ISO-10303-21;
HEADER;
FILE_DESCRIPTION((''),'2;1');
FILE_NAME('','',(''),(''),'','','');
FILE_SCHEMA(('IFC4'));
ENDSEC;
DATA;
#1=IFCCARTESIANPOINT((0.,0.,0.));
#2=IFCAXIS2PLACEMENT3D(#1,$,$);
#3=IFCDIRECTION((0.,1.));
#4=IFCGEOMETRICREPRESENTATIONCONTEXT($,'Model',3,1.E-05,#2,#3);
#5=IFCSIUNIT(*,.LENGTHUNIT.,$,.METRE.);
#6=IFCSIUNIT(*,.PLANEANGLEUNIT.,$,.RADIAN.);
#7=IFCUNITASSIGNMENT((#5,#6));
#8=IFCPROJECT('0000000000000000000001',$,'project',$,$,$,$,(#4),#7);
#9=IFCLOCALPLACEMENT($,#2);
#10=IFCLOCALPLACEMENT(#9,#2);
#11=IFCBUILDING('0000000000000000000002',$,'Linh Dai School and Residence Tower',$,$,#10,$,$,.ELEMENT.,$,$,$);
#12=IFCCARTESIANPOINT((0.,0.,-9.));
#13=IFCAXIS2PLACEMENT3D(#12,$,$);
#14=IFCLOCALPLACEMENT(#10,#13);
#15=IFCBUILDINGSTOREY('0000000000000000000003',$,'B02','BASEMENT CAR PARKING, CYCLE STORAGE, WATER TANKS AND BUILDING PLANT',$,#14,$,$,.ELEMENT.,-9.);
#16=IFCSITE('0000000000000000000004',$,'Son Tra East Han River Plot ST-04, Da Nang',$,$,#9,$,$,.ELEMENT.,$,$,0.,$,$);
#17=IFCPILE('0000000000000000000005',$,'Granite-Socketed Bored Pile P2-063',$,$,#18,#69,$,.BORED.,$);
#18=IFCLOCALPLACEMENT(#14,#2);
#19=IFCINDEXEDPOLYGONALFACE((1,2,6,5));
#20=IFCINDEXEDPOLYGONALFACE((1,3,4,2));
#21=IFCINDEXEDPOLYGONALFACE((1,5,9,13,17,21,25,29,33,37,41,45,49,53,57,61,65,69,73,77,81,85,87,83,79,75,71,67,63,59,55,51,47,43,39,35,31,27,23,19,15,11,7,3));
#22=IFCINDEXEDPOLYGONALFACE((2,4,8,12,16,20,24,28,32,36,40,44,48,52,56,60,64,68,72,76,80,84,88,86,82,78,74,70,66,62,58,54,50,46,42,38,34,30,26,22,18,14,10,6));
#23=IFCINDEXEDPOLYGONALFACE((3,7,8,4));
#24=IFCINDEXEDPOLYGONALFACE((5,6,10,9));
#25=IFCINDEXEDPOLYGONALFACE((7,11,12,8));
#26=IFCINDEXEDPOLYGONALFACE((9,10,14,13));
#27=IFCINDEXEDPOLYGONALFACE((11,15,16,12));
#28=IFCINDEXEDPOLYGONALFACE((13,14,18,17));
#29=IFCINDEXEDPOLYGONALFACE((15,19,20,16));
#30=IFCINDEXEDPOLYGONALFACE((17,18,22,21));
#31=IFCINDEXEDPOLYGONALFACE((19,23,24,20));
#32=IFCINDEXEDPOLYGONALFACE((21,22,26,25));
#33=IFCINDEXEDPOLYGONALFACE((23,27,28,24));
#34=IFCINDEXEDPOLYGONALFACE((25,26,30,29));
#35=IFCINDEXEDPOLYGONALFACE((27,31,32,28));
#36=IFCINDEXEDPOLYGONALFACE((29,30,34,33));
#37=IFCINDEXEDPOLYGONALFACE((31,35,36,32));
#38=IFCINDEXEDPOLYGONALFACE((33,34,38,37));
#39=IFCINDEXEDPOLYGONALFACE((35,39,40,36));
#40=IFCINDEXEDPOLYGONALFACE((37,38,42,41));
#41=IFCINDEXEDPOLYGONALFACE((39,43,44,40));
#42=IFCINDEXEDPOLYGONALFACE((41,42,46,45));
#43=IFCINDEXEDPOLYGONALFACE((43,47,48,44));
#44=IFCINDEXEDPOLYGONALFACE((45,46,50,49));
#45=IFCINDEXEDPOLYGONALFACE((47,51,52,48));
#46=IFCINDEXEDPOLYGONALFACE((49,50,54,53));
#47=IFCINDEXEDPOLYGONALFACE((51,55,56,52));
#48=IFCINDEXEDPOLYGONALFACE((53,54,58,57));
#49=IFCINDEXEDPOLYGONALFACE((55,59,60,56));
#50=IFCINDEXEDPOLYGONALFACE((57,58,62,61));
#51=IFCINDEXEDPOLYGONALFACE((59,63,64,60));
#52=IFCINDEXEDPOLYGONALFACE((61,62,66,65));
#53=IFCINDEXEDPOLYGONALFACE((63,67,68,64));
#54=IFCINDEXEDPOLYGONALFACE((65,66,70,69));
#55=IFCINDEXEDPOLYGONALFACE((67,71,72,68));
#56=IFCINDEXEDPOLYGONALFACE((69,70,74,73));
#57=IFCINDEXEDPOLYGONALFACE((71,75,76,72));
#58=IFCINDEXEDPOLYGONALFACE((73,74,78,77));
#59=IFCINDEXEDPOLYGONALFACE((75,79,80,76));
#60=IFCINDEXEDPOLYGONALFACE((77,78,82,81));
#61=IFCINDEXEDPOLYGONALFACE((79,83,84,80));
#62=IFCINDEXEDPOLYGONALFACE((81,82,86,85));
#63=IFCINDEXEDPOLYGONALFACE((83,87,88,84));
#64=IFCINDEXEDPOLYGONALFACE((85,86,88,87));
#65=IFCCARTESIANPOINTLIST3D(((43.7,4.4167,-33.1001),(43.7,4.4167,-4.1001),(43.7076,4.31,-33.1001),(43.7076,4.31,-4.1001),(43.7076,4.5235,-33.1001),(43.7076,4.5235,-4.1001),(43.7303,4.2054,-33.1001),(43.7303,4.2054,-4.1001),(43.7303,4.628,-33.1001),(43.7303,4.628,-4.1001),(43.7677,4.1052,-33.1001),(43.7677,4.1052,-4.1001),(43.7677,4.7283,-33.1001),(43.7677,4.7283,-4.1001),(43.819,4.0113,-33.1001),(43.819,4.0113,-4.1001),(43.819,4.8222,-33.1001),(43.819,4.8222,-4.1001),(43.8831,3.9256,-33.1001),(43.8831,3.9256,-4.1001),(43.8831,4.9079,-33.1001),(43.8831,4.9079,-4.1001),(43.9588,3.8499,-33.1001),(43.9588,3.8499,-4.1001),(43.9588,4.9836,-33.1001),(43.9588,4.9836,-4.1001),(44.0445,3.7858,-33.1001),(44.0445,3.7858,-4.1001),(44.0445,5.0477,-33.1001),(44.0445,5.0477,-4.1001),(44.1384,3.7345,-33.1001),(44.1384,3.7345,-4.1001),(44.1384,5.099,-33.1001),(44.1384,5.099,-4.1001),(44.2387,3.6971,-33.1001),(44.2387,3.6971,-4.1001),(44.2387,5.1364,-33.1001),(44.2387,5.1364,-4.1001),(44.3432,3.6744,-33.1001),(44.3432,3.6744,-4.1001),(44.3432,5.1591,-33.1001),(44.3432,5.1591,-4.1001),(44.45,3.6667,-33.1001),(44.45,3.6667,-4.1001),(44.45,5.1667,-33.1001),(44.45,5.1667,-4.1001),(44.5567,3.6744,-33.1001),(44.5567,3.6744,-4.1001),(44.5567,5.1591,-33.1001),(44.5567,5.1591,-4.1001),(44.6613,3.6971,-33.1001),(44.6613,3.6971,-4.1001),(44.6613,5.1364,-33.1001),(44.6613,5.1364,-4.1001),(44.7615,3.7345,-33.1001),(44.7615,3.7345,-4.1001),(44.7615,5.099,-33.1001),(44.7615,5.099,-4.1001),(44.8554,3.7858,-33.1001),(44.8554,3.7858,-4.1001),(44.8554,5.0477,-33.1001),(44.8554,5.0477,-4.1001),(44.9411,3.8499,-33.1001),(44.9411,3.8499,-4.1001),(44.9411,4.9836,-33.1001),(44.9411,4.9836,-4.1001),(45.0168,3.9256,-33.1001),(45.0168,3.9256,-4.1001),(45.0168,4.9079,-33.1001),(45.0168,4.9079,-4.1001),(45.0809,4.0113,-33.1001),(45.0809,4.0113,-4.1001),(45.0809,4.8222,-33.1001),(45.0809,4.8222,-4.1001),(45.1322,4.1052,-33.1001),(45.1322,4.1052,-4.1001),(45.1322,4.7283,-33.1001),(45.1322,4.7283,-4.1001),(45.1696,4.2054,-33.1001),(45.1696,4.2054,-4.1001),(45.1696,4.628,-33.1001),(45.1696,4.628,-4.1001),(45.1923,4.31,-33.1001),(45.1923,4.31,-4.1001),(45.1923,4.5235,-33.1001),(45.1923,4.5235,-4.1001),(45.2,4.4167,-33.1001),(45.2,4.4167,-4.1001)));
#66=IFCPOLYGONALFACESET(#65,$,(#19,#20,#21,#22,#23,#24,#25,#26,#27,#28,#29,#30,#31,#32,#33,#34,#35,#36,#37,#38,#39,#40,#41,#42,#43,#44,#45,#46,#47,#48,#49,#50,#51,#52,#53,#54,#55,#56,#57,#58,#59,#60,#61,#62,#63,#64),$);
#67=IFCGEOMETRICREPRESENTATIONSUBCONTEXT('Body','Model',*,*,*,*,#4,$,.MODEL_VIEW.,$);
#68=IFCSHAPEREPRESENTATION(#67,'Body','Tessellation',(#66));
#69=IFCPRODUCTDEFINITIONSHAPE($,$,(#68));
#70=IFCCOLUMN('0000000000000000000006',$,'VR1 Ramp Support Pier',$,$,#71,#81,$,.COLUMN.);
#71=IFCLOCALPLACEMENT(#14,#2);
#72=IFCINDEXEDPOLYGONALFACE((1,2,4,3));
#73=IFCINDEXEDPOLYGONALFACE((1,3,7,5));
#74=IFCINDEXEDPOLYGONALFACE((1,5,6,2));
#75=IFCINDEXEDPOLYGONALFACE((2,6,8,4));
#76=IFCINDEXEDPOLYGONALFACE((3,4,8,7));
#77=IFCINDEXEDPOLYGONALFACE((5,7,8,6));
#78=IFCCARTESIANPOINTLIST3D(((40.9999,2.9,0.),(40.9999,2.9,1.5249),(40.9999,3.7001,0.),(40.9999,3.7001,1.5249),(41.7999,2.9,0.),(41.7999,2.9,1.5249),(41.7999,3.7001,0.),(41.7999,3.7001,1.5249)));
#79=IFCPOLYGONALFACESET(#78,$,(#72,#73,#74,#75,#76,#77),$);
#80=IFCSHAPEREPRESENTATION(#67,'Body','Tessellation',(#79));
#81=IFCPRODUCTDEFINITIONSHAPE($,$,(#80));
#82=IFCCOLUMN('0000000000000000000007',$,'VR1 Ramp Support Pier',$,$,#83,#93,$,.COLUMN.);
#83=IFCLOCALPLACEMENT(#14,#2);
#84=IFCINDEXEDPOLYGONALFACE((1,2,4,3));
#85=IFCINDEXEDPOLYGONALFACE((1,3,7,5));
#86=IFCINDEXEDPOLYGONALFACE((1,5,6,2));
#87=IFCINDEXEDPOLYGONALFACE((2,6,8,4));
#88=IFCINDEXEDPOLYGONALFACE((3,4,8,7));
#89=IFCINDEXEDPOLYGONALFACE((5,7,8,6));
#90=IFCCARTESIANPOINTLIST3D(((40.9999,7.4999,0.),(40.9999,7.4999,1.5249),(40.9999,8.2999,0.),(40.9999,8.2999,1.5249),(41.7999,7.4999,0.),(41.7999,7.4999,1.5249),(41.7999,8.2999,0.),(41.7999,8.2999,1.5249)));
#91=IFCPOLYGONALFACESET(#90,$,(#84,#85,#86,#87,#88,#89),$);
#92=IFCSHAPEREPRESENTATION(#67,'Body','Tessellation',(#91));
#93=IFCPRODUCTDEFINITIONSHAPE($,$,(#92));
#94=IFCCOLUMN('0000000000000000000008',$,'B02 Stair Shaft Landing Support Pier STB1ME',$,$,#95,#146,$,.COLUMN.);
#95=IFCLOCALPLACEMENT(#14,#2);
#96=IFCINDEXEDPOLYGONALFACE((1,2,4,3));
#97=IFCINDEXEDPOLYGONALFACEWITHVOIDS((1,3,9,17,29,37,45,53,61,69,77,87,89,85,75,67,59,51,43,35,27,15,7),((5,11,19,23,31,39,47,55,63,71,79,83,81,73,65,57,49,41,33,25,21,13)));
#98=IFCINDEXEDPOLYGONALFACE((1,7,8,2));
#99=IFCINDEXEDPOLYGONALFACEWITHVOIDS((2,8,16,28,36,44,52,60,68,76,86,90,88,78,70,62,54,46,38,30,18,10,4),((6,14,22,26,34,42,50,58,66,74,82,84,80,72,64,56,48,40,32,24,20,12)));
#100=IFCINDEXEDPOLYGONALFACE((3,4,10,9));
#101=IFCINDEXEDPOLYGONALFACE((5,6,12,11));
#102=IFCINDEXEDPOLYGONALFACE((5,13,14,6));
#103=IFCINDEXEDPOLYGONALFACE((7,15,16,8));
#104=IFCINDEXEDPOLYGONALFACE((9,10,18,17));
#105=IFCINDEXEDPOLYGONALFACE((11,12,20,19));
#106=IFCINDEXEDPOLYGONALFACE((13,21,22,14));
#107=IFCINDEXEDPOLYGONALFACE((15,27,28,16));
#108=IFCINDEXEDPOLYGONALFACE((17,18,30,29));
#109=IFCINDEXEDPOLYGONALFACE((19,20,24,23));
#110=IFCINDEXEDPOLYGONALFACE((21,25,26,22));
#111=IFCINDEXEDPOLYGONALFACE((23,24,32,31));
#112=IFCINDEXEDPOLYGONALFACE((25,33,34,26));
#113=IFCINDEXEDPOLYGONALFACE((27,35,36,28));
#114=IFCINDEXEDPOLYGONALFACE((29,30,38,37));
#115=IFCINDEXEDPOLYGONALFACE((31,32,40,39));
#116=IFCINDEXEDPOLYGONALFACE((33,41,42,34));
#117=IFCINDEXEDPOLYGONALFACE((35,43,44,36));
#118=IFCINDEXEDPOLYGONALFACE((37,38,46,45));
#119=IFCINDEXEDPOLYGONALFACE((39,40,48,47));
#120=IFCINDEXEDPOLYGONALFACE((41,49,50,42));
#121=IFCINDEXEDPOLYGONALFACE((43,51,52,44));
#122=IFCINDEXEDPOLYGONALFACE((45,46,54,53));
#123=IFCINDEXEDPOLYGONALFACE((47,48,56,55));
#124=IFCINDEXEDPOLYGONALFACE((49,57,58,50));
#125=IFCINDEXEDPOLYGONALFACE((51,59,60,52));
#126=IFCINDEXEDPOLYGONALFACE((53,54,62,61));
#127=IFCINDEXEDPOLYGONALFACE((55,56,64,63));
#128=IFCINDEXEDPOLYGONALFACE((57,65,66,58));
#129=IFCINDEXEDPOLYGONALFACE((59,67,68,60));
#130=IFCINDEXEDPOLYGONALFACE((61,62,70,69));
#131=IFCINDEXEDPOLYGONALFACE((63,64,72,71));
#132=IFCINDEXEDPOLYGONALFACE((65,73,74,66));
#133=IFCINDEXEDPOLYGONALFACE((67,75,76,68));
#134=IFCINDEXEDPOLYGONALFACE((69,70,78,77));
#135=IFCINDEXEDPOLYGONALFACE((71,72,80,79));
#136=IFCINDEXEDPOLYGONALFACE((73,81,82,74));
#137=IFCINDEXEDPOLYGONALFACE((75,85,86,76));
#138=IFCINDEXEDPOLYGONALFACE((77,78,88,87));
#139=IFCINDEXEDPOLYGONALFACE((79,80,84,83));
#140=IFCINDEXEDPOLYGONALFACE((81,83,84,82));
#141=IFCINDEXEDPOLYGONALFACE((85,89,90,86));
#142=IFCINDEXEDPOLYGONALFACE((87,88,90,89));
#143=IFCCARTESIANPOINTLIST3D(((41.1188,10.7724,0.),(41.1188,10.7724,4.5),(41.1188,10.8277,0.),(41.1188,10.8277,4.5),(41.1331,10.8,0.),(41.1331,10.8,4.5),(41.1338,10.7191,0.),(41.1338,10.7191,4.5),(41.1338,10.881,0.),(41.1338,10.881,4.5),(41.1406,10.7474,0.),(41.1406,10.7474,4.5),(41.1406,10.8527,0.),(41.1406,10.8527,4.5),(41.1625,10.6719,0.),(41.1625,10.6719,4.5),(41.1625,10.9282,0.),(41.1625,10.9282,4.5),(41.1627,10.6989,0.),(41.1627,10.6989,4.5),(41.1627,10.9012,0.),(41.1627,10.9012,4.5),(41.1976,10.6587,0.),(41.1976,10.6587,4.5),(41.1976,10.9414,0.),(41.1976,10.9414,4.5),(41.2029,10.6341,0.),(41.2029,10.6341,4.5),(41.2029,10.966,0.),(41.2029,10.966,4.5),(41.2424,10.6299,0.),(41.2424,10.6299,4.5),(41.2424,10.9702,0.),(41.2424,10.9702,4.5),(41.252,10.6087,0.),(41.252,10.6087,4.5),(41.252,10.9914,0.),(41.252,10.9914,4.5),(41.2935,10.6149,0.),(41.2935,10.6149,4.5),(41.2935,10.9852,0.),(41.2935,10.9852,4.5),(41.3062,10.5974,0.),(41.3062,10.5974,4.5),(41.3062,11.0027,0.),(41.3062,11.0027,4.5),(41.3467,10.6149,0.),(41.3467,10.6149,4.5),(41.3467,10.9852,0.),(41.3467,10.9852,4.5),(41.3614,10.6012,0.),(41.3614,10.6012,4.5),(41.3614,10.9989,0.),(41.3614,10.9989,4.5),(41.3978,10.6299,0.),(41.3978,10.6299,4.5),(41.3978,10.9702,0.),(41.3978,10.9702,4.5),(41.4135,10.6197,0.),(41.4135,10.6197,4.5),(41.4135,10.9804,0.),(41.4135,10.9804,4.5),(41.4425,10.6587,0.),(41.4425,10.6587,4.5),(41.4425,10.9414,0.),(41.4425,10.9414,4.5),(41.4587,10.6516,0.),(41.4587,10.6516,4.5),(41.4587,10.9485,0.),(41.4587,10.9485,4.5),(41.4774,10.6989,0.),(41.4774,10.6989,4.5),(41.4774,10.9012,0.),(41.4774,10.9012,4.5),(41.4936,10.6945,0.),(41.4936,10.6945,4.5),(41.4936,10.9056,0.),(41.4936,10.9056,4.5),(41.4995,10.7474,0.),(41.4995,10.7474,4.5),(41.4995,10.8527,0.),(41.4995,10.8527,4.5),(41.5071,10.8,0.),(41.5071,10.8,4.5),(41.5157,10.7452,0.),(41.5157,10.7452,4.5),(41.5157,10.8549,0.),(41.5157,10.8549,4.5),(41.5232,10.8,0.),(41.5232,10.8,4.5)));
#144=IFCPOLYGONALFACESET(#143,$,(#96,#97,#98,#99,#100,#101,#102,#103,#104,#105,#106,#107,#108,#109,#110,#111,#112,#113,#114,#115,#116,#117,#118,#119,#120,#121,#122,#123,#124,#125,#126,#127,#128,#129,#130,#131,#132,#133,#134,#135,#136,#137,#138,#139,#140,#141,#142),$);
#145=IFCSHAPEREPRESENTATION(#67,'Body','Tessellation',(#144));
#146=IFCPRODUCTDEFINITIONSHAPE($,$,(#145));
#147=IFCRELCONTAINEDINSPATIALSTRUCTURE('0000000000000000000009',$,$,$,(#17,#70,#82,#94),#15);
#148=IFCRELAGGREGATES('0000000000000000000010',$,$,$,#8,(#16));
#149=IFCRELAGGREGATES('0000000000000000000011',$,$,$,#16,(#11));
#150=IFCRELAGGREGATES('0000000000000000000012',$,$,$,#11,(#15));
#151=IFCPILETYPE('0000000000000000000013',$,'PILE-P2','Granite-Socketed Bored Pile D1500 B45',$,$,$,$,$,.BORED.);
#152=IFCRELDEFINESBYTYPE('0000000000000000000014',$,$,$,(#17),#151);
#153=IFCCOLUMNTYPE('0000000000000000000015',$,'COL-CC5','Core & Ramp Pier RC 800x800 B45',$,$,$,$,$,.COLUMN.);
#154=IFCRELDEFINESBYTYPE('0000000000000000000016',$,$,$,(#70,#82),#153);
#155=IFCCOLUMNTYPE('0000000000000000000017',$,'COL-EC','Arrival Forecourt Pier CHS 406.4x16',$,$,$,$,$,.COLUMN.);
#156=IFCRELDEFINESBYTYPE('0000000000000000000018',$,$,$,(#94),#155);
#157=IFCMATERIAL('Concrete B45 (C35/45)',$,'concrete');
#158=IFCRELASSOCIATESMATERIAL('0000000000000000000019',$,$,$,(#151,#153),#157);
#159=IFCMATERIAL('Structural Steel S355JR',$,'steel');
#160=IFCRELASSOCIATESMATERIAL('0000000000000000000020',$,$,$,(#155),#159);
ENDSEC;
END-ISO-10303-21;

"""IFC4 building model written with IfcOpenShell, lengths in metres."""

from ifc_helpers import new_model, si_unit, direction, frame, origin, origin_2d, place, context, subcontext, project, spatial, rectangle, circle, hollow_circle, extrude, material, material_profile, profile_set, type_object, element, save


model = new_model("IFC4")

# Units and contexts
model_context = context("Model", 3, precision=1e-05, world=origin(), true_north=direction((0.0, 1.0)))
body_context = subcontext(model_context, "Body", "Model", "MODEL_VIEW")
ifc_project = project(units=[si_unit("LENGTHUNIT", "METRE"), si_unit("PLANEANGLEUNIT", "RADIAN")], contexts=[model_context])

# Site, building, storey
site_placement = place(None, origin())
site = spatial("IfcSite", under=ifc_project, at=site_placement, Name="Son Tra East Han River Plot ST-04, Da Nang", CompositionType="ELEMENT", RefElevation=0.0)
building_placement = place(site_placement, origin())
building = spatial("IfcBuilding", under=site, at=building_placement, Name="Linh Dai School and Residence Tower", CompositionType="ELEMENT")
storey_placement = place(building_placement, frame((0.0, 0.0, -9.0)))
storey = spatial("IfcBuildingStorey", under=building, at=storey_placement, Name="B02", Description="BASEMENT CAR PARKING, CYCLE STORAGE, WATER TANKS AND BUILDING PLANT", CompositionType="ELEMENT", Elevation=-9.0)

# Pile
ifc_material_1 = material(Name="Concrete B45 (C35/45)", Category="concrete")
ifc_material_profile_1 = material_profile(ifc_material_1, circle(Radius=0.75, at=origin_2d()), Name="PILE D1500")
ifc_profile_set_1 = profile_set([ifc_material_profile_1], Name="Concrete B45 (C35/45)")
pile_type_1 = type_object("IfcPileType", Name="PILE-P2", Description="Granite-Socketed Bored Pile D1500 B45", PredefinedType="BORED", material=ifc_profile_set_1)
for number, where, z_axis, x_axis, name in (
    (1, (44.45, 4.4167, -4.1001), (0.0, 0.0, -1.0), (1.0, 0.0, 0.0), "Granite-Socketed Bored Pile P2-063"),
):
    element("IfcPile", number, at=place(storey_placement, frame(where, z_axis=z_axis, x_axis=x_axis)), inside=storey, type_object=pile_type_1, Name=name, PredefinedType="BORED", context=body_context, shape_type="SweptSolid", body=[
        extrude(circle(Radius=0.75, at=origin_2d()), origin(), (0.0, 0.0, 1.0), 29.0),
    ])

# Columns
ifc_material_profile_2 = material_profile(ifc_material_1, rectangle(XDim=0.8, YDim=0.8, at=origin_2d()), Name="RC 800x800")
ifc_profile_set_2 = profile_set([ifc_material_profile_2], Name="Concrete B45 (C35/45)")
column_type_1 = type_object("IfcColumnType", Name="COL-CC5", Description="Core & Ramp Pier RC 800x800 B45", PredefinedType="COLUMN", material=ifc_profile_set_2)
for number, where, z_axis, x_axis, name in (
    (2, (41.3999, 3.3, 0.0), (0.0, 0.0, 1.0), (1.0, 0.0, 0.0), "VR1 Ramp Support Pier"),
    (3, (41.3999, 7.8999, 0.0), (0.0, 0.0, 1.0), (1.0, 0.0, 0.0), "VR1 Ramp Support Pier"),
):
    element("IfcColumn", number, at=place(storey_placement, frame(where, z_axis=z_axis, x_axis=x_axis)), inside=storey, type_object=column_type_1, Name=name, PredefinedType="COLUMN", context=body_context, shape_type="SweptSolid", body=[
        extrude(rectangle(XDim=0.8, YDim=0.8, at=origin_2d()), origin(), (0.0, 0.0, 1.0), 1.5249),
    ])
ifc_material_2 = material(Name="Structural Steel S355JR", Category="steel")
ifc_material_profile_3 = material_profile(ifc_material_2, hollow_circle(Radius=0.2031, WallThickness=0.0161, at=origin_2d()), Name="CHS 406.4x16")
ifc_profile_set_3 = profile_set([ifc_material_profile_3], Name="Structural Steel S355JR")
column_type_2 = type_object("IfcColumnType", Name="COL-EC", Description="Arrival Forecourt Pier CHS 406.4x16", PredefinedType="COLUMN", material=ifc_profile_set_3)
column_1_placement = place(storey_placement, frame((41.3201, 10.8, 0.0), z_axis=(0.0, 0.0, 1.0), x_axis=(1.0, 0.0, 0.0)))
element("IfcColumn", 4, at=column_1_placement, inside=storey, type_object=column_type_2, Name="B02 Stair Shaft Landing Support Pier STB1ME", PredefinedType="COLUMN", context=body_context, shape_type="SweptSolid", body=[
    extrude(hollow_circle(Radius=0.2031, WallThickness=0.0161, at=origin_2d()), origin(), (0.0, 0.0, 1.0), 4.5),
])

save(model, "model.ifc")
